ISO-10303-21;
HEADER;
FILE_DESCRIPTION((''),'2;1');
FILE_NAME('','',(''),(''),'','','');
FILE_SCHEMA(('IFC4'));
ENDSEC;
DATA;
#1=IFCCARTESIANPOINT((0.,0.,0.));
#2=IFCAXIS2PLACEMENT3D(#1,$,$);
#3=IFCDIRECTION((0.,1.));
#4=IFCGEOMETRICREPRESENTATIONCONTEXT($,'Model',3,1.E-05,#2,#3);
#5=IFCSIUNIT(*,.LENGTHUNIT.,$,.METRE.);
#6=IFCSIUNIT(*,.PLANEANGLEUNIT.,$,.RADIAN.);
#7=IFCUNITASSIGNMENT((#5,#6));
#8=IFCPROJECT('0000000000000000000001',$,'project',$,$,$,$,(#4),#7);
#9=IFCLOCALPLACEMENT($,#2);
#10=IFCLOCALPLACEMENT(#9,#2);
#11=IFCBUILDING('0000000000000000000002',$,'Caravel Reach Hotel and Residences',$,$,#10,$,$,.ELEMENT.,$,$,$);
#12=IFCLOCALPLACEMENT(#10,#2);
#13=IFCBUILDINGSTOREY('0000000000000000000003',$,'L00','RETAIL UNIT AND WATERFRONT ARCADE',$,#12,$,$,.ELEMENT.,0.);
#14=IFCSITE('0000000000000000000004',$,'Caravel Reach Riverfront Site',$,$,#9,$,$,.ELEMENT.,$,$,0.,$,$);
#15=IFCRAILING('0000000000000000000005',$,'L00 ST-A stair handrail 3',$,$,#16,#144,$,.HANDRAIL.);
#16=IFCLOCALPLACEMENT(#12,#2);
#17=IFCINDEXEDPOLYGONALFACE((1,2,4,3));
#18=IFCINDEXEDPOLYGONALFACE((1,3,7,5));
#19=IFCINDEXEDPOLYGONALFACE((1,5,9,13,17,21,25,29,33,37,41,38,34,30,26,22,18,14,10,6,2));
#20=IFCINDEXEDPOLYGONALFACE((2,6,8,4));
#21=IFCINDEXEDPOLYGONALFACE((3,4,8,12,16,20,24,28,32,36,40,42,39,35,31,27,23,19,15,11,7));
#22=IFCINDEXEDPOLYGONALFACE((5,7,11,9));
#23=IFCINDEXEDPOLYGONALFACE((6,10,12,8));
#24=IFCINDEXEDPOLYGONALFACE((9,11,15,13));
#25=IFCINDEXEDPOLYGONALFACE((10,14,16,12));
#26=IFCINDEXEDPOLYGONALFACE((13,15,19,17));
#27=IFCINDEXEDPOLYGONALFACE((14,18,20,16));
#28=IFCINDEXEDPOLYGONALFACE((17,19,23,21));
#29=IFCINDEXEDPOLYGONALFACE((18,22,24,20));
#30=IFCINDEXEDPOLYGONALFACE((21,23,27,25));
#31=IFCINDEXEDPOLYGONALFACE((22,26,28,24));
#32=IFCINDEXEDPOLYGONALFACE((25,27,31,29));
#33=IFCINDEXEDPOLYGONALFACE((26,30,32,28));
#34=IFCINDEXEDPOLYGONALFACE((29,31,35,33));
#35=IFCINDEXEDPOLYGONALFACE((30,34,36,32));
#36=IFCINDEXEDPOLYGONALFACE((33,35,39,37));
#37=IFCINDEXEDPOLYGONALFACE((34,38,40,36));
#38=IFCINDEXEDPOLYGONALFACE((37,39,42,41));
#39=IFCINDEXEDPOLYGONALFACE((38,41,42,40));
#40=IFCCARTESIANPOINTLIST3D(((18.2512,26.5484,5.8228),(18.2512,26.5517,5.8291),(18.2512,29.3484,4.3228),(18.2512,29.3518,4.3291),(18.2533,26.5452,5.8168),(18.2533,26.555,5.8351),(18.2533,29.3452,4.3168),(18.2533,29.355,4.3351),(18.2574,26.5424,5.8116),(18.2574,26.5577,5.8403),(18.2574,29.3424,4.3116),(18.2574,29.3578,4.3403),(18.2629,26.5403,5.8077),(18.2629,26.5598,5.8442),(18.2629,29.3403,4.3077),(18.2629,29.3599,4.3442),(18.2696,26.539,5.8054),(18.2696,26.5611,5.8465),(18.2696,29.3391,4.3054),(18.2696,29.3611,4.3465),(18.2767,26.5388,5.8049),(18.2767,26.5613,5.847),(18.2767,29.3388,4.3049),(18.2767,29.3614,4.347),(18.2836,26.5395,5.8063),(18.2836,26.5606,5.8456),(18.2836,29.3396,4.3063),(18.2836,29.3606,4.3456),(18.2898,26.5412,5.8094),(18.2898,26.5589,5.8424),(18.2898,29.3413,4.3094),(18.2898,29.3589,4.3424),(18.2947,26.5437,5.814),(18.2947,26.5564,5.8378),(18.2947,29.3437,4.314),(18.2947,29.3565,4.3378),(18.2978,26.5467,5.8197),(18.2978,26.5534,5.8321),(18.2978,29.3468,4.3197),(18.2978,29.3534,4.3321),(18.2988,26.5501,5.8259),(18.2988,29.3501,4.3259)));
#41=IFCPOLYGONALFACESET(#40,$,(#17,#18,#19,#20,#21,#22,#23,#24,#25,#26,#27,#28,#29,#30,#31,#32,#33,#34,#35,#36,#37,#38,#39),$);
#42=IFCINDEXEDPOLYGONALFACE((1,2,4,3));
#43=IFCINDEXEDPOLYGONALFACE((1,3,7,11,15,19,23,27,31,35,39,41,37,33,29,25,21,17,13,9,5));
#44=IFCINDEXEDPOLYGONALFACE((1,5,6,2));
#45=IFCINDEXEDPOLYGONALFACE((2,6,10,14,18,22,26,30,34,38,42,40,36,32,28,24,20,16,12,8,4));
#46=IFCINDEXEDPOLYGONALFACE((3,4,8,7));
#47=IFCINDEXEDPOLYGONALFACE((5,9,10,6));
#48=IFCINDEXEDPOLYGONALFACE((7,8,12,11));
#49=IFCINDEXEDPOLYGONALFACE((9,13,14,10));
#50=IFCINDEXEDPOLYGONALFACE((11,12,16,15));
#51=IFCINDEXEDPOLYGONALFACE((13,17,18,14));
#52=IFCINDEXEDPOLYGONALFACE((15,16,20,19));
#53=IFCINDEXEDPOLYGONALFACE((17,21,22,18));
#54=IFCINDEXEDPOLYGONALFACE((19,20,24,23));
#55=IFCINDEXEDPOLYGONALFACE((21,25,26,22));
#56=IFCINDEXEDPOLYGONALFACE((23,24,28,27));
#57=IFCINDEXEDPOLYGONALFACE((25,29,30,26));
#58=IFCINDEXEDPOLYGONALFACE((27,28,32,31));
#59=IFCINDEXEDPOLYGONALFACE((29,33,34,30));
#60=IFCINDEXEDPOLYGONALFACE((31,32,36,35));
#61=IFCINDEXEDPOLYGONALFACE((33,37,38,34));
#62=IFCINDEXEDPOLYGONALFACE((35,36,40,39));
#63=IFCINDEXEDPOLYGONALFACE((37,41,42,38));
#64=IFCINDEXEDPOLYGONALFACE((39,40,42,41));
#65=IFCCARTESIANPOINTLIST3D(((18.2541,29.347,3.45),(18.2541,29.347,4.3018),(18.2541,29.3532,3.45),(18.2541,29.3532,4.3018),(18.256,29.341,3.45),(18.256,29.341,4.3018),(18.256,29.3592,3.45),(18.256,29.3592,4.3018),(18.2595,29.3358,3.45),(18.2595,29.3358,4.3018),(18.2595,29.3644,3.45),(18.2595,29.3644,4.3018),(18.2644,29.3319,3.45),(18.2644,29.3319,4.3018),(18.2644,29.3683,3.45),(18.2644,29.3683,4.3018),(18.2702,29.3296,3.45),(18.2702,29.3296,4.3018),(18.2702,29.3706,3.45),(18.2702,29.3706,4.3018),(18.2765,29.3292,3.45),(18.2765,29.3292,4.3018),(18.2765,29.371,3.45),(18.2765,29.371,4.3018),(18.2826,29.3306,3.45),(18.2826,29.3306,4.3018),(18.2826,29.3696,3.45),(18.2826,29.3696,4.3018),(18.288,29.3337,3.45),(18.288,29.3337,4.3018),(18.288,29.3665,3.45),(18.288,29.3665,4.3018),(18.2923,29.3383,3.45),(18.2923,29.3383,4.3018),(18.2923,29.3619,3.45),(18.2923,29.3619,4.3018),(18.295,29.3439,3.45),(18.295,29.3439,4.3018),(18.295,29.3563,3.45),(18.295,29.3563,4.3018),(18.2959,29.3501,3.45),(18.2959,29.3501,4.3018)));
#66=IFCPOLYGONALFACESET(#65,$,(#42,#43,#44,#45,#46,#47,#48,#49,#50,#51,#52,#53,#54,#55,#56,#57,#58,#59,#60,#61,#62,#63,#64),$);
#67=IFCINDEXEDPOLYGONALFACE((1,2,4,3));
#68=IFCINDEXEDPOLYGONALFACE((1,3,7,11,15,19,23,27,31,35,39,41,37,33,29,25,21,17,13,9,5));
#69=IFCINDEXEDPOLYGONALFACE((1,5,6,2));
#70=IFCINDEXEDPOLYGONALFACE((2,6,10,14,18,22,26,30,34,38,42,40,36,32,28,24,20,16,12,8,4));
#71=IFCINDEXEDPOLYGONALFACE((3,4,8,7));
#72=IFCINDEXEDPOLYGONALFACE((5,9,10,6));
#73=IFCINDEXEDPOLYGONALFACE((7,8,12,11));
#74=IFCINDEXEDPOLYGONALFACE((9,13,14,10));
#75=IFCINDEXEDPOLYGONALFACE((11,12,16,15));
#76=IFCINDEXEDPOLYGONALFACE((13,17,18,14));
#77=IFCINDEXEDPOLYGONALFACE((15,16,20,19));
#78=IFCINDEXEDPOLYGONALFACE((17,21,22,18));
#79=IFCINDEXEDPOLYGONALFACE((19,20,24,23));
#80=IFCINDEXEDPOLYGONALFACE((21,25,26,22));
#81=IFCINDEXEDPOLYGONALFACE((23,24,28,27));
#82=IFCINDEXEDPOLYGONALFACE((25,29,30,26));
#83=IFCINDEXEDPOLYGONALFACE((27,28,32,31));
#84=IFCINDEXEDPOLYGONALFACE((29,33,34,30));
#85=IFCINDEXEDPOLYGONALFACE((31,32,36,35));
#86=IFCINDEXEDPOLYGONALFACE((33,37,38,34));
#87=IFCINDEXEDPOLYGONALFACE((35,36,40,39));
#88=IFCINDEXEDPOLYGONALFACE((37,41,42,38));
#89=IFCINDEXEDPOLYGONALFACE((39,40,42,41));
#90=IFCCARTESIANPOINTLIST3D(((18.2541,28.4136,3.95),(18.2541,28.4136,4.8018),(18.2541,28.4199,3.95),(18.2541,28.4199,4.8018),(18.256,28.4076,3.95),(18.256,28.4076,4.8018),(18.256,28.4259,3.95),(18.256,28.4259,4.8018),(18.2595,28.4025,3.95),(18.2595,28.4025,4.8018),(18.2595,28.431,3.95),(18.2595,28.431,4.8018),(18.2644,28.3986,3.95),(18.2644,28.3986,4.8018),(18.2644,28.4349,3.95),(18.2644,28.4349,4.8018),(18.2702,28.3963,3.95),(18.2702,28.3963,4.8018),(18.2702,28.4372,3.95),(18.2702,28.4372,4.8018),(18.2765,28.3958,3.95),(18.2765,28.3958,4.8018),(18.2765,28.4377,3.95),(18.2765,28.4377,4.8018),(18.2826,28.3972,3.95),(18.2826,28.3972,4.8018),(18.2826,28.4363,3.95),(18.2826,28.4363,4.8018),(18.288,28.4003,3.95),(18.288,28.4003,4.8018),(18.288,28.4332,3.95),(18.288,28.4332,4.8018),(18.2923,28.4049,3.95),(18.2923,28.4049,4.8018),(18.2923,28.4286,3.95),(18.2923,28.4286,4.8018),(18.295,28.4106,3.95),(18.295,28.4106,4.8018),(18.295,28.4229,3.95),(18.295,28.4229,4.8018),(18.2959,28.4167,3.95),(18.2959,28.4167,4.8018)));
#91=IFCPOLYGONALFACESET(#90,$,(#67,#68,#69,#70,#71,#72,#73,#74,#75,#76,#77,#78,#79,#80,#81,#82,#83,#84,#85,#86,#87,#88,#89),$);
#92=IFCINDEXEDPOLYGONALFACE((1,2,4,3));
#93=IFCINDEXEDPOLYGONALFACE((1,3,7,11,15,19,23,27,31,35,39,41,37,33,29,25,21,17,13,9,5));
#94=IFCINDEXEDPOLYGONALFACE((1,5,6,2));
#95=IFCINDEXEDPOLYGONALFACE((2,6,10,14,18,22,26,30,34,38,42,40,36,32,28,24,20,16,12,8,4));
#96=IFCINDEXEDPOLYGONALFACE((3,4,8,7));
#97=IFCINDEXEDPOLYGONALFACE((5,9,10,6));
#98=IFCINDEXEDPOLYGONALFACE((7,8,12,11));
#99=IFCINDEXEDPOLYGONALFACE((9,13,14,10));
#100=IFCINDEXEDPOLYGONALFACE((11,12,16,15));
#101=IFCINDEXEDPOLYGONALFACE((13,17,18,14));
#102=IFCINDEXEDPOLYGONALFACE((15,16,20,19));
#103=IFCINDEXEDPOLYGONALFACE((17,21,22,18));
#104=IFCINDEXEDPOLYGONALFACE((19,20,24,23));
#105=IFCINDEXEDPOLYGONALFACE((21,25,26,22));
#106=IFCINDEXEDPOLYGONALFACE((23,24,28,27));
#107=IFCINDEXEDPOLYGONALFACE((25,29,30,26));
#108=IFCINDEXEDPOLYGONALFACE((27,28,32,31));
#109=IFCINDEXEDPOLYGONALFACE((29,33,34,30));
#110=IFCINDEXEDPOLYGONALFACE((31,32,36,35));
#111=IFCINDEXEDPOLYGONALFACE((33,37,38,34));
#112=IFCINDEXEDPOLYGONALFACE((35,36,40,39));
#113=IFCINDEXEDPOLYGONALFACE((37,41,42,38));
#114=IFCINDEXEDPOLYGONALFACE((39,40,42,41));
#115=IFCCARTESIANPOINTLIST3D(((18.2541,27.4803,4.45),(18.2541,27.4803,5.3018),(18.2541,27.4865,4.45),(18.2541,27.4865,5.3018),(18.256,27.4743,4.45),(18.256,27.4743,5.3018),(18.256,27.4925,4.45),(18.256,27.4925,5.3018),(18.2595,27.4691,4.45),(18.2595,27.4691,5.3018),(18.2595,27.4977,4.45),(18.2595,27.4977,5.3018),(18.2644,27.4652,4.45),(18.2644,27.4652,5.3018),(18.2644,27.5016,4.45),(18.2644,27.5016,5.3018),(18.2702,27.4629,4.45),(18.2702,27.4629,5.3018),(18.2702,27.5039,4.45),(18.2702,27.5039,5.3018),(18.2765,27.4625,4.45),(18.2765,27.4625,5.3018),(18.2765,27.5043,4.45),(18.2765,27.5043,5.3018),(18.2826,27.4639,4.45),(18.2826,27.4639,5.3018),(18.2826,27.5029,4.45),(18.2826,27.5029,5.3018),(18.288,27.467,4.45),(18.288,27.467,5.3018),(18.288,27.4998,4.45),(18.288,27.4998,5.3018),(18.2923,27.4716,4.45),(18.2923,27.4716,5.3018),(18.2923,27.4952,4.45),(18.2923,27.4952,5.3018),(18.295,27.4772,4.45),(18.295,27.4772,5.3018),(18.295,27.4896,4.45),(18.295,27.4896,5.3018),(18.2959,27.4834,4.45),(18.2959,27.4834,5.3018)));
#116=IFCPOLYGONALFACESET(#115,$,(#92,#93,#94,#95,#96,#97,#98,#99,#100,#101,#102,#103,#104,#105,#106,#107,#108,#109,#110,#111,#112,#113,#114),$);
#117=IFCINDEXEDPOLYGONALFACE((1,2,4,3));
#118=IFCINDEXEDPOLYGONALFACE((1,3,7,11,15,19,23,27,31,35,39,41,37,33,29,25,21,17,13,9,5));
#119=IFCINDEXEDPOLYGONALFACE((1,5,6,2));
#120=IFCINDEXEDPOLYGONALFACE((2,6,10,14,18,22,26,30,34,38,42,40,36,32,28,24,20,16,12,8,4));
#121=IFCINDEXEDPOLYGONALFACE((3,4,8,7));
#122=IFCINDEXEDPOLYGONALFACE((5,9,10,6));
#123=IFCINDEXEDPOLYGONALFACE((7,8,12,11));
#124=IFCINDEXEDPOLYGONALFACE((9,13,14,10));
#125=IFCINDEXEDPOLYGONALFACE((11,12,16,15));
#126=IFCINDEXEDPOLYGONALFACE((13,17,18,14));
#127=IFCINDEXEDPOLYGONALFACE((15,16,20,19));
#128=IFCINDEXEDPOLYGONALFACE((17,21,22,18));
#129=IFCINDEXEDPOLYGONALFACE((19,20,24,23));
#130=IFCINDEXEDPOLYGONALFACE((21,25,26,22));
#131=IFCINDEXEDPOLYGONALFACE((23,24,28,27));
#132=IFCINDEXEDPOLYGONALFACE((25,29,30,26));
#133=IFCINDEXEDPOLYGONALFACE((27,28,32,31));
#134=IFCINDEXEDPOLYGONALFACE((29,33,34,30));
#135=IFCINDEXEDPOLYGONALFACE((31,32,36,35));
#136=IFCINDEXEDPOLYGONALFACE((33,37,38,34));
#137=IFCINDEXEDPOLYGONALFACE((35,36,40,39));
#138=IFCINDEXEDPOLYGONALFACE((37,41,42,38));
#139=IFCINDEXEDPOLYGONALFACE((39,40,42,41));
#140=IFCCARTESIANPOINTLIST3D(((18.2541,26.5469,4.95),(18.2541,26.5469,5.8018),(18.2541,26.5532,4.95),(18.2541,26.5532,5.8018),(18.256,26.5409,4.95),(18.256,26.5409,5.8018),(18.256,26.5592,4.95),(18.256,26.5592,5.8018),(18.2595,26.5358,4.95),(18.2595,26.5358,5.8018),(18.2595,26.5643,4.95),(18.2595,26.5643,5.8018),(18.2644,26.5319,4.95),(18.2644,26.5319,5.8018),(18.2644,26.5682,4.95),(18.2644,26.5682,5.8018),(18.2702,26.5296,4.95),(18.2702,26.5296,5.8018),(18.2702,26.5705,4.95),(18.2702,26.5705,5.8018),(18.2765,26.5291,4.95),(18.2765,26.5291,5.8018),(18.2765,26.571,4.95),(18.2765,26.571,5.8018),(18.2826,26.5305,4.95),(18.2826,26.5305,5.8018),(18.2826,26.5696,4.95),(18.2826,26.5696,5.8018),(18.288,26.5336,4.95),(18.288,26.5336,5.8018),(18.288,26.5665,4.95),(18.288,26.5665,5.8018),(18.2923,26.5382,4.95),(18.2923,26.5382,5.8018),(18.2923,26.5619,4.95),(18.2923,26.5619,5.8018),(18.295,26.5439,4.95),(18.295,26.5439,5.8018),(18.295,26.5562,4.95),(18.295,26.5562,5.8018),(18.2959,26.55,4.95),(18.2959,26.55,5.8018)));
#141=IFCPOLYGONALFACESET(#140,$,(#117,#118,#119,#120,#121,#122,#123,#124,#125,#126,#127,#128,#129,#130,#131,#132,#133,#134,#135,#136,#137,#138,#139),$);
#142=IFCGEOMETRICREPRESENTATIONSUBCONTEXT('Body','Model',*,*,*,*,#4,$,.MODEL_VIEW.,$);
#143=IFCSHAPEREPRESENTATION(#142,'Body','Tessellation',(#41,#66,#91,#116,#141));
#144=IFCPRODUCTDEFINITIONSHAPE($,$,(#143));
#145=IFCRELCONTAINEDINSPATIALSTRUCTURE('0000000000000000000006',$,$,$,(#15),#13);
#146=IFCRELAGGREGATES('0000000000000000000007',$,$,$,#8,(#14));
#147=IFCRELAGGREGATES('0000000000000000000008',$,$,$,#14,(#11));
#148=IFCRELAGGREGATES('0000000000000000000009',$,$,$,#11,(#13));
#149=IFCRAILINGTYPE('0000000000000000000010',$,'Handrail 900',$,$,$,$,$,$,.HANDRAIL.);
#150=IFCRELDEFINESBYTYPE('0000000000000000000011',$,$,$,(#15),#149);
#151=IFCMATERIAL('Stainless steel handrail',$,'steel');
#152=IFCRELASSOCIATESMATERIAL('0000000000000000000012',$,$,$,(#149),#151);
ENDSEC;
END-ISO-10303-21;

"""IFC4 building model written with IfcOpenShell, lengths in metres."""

from ifc_helpers import new_model, si_unit, direction, frame, origin, origin_2d, place, context, subcontext, project, spatial, circle, extrude, material, type_object, element, save


model = new_model("IFC4")

# Units and contexts
model_context = context("Model", 3, precision=1e-05, world=origin(), true_north=direction((0.0, 1.0)))
body_context = subcontext(model_context, "Body", "Model", "MODEL_VIEW")
ifc_project = project(units=[si_unit("LENGTHUNIT", "METRE"), si_unit("PLANEANGLEUNIT", "RADIAN")], contexts=[model_context])

# Site, building, storey
site_placement = place(None, origin())
site = spatial("IfcSite", under=ifc_project, at=site_placement, Name="Caravel Reach Riverfront Site", CompositionType="ELEMENT", RefElevation=0.0)
building_placement = place(site_placement, origin())
building = spatial("IfcBuilding", under=site, at=building_placement, Name="Caravel Reach Hotel and Residences", CompositionType="ELEMENT")
storey_placement = place(building_placement, origin())
storey = spatial("IfcBuildingStorey", under=building, at=storey_placement, Name="L00", Description="RETAIL UNIT AND WATERFRONT ARCADE", CompositionType="ELEMENT", Elevation=0.0)

# Railing
ifc_material_1 = material(Name="Stainless steel handrail", Category="steel")
railing_type_1 = type_object("IfcRailingType", Name="Handrail 900", PredefinedType="HANDRAIL", material=ifc_material_1)
for number, where, name in (
    (1, (18.2749, 29.3501, 3.45), "L00 ST-A stair handrail 3"),
):
    element("IfcRailing", number, at=place(storey_placement, frame(where)), inside=storey, type_object=railing_type_1, Name=name, PredefinedType="HANDRAIL", context=body_context, shape_type="SweptSolid", body=[
        extrude(circle(Radius=0.0239, at=origin_2d()), frame((0.0, 0.0, 0.876), z_axis=(0.0, -0.881483, 0.472215), x_axis=(1.0, 0.0, 0.0)), (0.0, 0.0, 1.0), 3.1765),
        extrude(circle(Radius=0.021, at=origin_2d()), origin(), (0.0, 0.0, 1.0), 0.8518),
        extrude(circle(Radius=0.021, at=origin_2d()), frame((0.0, -0.9333, 0.5)), (0.0, 0.0, 1.0), 0.8518),
        extrude(circle(Radius=0.021, at=origin_2d()), frame((0.0, -1.8667, 1.0)), (0.0, 0.0, 1.0), 0.8518),
        extrude(circle(Radius=0.021, at=origin_2d()), frame((0.0, -2.8, 1.5)), (0.0, 0.0, 1.0), 0.8518),
    ])

save(model, "model.ifc")
